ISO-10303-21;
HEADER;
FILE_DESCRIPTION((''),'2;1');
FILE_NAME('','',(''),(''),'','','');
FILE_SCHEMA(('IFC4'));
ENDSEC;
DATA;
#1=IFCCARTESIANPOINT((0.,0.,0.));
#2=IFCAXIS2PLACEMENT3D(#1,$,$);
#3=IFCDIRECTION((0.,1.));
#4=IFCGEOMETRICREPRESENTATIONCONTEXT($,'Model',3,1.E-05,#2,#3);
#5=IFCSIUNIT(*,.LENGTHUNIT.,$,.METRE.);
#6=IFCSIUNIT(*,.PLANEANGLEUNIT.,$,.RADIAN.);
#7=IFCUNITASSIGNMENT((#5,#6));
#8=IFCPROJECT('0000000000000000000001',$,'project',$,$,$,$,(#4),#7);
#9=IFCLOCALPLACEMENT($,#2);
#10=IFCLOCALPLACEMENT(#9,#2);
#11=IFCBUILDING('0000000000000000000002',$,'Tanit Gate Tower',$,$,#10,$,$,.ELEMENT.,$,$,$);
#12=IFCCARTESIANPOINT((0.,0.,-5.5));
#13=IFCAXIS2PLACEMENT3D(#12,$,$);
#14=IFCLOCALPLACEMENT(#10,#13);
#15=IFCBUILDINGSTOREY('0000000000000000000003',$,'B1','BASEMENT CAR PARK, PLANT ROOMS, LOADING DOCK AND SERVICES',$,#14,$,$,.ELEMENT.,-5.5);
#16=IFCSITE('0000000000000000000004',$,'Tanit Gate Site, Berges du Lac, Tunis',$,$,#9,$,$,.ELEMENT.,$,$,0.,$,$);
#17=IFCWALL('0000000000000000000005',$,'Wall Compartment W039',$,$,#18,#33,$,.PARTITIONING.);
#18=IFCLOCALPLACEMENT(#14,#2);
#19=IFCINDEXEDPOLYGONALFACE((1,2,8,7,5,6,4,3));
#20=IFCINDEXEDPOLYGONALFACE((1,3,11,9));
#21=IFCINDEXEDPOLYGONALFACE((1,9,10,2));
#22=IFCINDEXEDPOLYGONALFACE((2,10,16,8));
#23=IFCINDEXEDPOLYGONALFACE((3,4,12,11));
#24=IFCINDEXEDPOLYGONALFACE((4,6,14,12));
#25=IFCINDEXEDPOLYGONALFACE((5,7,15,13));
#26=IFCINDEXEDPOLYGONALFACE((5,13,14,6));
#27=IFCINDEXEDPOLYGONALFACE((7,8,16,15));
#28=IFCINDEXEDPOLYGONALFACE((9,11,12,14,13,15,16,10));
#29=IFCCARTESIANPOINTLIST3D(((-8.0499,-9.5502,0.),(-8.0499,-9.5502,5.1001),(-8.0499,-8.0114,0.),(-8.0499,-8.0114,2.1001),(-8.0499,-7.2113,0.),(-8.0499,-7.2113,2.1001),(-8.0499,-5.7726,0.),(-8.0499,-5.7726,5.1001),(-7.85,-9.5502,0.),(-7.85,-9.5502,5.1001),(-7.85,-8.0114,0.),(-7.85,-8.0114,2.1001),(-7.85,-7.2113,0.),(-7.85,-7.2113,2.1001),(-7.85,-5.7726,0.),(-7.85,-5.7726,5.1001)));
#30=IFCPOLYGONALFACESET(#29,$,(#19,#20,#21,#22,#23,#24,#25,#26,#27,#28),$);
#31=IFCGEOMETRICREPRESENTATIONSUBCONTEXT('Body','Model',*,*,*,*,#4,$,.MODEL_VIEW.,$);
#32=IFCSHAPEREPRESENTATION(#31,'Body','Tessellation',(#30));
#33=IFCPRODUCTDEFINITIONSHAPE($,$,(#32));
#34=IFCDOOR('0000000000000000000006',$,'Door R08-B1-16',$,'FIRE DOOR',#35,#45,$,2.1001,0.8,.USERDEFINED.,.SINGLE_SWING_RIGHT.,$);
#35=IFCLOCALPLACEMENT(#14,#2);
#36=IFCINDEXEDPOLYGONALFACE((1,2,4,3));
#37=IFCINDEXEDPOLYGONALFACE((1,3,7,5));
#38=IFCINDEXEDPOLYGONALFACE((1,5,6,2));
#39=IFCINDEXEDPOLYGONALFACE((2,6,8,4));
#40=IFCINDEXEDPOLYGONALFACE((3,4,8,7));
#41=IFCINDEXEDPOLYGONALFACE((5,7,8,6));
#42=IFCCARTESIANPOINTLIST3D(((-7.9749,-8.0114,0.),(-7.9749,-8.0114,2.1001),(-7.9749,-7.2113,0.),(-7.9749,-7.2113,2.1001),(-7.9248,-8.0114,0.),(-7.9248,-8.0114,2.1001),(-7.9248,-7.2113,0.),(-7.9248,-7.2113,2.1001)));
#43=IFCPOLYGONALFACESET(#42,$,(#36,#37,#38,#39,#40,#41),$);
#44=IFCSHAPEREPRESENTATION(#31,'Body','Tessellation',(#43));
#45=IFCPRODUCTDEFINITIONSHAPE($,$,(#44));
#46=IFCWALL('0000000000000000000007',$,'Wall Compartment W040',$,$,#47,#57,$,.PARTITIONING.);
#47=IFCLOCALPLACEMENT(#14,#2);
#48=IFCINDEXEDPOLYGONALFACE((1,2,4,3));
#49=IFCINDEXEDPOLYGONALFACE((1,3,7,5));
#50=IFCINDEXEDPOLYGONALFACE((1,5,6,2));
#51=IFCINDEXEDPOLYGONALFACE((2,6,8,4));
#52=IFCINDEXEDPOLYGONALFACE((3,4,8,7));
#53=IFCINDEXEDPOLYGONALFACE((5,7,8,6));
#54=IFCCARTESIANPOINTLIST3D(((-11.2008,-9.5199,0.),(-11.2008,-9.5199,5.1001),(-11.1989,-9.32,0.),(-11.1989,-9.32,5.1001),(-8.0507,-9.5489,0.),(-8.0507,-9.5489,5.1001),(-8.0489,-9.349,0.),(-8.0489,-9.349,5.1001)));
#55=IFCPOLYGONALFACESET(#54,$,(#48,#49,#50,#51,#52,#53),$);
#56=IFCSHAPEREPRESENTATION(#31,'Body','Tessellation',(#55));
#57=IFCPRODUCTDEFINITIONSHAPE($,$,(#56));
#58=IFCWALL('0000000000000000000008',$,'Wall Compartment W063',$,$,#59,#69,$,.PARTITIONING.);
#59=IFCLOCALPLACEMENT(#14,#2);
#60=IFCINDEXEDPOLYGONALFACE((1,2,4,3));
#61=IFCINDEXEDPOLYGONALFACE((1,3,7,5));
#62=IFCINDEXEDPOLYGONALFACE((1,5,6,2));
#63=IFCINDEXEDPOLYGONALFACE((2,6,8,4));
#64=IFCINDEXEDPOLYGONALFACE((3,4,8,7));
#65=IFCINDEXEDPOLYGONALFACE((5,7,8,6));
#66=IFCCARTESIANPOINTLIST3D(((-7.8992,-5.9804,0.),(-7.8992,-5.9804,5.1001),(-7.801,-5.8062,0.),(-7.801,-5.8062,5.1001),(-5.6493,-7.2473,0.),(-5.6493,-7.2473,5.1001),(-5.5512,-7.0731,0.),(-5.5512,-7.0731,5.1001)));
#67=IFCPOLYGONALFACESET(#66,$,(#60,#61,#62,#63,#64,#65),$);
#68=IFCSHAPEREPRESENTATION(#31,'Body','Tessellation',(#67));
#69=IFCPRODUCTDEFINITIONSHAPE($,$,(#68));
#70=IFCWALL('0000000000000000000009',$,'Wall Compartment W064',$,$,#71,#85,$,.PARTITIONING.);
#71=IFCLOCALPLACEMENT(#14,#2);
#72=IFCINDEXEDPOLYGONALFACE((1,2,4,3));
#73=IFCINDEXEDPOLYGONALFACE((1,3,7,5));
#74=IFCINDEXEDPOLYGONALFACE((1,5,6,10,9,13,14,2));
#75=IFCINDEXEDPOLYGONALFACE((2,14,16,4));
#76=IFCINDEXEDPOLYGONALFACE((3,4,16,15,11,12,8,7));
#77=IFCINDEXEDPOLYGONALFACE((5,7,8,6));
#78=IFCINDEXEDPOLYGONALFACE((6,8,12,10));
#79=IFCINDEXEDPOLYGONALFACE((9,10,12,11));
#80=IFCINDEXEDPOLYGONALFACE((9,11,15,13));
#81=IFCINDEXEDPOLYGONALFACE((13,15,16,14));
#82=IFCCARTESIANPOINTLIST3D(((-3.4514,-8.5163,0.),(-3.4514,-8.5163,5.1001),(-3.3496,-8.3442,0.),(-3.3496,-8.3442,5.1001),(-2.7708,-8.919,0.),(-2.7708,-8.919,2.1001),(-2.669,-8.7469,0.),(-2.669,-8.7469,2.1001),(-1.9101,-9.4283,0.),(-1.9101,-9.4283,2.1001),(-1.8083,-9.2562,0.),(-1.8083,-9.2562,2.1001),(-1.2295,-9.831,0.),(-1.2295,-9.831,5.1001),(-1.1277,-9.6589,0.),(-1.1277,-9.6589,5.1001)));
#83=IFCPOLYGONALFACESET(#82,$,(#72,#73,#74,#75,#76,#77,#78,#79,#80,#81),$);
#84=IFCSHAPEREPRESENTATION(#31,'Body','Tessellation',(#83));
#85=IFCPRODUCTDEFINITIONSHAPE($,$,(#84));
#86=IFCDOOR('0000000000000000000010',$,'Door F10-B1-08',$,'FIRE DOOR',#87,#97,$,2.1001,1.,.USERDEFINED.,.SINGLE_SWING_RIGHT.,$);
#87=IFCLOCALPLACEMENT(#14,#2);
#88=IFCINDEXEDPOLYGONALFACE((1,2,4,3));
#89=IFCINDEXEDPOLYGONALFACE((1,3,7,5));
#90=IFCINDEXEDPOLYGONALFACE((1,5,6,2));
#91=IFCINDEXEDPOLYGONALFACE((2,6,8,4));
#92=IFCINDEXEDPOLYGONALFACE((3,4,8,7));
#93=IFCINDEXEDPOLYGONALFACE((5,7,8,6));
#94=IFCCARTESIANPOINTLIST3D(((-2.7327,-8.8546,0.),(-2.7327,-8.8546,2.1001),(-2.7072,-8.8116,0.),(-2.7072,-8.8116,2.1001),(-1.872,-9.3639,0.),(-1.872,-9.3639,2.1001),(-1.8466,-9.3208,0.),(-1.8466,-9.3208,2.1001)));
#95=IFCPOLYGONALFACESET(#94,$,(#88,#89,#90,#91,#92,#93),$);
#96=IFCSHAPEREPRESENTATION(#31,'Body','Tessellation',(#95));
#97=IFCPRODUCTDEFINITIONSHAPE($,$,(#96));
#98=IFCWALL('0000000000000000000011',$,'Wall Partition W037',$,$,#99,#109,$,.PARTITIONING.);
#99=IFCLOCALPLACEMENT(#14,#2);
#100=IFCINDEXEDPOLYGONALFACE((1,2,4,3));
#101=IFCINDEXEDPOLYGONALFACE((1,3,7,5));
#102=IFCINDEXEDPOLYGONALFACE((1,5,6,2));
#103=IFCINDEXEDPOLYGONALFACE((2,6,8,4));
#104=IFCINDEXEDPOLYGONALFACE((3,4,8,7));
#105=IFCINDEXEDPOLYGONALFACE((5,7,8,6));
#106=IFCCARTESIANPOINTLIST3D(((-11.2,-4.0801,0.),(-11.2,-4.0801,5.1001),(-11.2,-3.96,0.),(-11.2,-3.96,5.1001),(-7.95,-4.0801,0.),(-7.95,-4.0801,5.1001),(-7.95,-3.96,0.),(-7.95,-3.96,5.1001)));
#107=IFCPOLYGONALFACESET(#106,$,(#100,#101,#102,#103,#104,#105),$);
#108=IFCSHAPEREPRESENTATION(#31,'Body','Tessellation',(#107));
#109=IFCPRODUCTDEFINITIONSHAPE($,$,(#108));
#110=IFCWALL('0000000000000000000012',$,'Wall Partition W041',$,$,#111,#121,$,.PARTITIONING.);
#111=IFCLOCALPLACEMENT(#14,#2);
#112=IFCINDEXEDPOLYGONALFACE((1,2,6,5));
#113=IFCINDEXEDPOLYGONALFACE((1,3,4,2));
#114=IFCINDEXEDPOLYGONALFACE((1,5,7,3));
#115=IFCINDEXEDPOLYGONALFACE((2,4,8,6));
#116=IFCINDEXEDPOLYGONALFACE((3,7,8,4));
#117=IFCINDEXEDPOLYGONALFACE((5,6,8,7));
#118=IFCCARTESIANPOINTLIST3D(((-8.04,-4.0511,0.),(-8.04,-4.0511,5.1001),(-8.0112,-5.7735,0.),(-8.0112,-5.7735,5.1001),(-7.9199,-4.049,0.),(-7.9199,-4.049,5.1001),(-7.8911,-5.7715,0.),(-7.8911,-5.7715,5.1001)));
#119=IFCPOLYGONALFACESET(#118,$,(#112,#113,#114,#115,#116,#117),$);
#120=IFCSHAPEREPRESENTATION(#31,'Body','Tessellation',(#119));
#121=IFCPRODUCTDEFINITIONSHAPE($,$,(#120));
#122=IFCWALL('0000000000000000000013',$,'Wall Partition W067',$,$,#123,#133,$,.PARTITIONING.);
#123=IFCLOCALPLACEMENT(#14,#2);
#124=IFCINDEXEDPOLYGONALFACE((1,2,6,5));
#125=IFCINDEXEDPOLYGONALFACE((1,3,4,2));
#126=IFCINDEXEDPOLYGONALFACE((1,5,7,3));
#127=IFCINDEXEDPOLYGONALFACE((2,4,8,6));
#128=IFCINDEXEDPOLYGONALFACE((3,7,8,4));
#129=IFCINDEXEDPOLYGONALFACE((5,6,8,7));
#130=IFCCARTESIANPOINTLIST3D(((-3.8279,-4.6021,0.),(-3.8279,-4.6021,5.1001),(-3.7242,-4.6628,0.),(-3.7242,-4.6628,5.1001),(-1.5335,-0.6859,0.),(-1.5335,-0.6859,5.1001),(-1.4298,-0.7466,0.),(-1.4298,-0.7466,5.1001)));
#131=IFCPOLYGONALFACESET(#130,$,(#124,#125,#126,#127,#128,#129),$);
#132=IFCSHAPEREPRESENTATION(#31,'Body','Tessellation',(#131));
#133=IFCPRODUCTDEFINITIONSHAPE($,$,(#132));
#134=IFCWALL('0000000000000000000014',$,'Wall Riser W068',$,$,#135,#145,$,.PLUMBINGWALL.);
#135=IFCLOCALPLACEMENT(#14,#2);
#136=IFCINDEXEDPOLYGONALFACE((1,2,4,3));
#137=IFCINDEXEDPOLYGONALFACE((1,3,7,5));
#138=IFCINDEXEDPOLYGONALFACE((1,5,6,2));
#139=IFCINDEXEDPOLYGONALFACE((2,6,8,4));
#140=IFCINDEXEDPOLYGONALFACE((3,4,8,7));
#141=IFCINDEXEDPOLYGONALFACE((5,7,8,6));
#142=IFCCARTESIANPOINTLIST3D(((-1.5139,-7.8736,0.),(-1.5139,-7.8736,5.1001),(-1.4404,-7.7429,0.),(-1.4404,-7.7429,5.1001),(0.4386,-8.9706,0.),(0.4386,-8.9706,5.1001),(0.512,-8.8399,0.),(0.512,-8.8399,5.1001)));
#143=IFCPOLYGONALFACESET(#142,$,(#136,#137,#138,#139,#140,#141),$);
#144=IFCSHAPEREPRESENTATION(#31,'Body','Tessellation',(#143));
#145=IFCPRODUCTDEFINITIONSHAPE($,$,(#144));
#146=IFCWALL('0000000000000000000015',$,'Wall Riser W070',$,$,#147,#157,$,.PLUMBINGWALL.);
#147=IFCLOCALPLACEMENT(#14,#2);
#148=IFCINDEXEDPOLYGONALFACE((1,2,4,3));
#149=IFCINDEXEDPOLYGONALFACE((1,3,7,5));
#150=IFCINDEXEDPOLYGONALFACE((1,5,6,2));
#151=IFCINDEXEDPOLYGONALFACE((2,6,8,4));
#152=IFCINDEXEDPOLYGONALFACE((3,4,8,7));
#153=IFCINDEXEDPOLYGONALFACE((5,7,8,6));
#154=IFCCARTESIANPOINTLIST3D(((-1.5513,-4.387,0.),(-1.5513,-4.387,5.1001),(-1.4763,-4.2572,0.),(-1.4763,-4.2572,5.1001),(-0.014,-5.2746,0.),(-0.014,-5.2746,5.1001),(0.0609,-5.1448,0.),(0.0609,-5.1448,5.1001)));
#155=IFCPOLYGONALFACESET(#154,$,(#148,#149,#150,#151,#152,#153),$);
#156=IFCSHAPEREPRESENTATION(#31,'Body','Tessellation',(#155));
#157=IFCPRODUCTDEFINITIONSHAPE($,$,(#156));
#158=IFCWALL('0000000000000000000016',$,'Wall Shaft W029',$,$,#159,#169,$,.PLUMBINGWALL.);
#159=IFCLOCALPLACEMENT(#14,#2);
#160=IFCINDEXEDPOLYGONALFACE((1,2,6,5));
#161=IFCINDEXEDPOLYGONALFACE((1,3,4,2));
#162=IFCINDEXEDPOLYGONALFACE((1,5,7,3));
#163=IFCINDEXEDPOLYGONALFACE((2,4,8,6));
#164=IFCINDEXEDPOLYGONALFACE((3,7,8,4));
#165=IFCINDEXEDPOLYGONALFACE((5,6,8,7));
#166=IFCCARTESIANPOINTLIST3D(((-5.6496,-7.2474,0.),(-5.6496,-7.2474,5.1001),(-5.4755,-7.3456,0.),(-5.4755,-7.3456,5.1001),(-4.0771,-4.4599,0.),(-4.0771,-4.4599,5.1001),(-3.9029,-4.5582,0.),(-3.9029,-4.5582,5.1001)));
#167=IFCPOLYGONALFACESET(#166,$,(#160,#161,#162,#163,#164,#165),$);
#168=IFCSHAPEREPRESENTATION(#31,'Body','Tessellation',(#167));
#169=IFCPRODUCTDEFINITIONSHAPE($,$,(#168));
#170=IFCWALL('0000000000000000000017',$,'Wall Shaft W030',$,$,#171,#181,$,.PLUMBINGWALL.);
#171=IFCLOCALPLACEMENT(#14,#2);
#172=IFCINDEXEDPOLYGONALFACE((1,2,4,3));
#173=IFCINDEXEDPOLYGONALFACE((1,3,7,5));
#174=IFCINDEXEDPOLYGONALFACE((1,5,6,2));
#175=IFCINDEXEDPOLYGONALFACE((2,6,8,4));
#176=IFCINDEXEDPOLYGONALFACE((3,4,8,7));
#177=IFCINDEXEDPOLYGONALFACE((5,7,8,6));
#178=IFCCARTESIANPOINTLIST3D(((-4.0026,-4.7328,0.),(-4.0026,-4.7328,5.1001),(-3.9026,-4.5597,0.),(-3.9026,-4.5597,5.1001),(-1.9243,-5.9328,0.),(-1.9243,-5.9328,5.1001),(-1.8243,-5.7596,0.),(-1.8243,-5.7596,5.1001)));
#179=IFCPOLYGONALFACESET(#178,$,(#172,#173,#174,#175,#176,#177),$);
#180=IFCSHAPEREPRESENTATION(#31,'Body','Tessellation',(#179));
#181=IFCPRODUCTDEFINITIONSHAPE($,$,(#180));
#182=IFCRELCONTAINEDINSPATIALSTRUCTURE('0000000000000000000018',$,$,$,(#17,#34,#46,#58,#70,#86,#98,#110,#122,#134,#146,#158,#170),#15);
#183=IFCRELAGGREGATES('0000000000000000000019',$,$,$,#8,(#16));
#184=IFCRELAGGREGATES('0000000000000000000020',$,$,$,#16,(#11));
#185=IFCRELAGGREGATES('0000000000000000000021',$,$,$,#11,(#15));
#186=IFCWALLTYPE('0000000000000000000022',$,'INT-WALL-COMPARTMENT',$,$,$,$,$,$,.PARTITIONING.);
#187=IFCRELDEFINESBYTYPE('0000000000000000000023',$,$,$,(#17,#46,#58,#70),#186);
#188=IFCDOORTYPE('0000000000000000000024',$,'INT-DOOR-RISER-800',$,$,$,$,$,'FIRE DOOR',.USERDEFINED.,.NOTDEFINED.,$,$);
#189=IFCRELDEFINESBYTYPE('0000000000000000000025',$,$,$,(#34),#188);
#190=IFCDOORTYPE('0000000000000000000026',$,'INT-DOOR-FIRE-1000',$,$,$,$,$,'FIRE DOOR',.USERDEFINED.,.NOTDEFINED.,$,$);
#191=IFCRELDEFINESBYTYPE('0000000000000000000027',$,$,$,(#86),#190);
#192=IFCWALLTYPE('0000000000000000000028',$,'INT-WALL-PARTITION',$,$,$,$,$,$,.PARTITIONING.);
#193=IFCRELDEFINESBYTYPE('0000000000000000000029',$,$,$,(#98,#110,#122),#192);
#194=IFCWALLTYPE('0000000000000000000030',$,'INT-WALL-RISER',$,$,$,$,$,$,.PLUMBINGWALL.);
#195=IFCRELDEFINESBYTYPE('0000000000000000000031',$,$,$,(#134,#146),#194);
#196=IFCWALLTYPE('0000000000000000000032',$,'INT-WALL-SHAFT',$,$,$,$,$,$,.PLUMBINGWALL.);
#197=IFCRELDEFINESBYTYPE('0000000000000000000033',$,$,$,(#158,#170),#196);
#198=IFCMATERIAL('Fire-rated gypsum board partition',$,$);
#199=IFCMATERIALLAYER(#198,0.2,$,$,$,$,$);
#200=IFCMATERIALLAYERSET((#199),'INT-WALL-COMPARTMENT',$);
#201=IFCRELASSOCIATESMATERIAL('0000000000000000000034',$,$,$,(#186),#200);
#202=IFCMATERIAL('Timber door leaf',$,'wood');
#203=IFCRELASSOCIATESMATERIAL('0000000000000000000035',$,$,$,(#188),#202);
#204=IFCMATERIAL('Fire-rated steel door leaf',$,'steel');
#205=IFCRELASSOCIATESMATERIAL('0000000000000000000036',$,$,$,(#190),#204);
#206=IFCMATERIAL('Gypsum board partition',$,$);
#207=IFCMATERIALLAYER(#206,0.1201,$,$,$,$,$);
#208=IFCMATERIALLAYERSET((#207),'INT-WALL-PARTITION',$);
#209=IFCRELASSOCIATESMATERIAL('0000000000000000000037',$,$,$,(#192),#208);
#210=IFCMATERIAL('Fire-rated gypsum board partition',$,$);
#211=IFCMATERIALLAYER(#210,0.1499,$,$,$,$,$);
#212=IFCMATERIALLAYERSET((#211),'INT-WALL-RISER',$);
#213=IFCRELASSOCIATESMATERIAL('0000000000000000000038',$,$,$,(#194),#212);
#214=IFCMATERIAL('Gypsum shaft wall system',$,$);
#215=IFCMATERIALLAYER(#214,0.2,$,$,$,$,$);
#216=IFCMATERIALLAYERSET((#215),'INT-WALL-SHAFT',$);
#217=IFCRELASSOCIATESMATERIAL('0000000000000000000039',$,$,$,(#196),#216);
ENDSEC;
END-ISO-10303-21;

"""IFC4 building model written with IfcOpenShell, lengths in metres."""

from ifc_helpers import new_model, si_unit, direction, frame, frame_2d, origin, place, context, subcontext, project, spatial, rectangle, extrude, material, layer, layer_set, type_object, element, fill, save


model = new_model("IFC4")

# Units and contexts
model_context = context("Model", 3, precision=1e-05, world=origin(), true_north=direction((0.0, 1.0)))
body_context = subcontext(model_context, "Body", "Model", "MODEL_VIEW")
ifc_project = project(units=[si_unit("LENGTHUNIT", "METRE"), si_unit("PLANEANGLEUNIT", "RADIAN")], contexts=[model_context])

# Site, building, storey
site_placement = place(None, origin())
site = spatial("IfcSite", under=ifc_project, at=site_placement, Name="Tanit Gate Site, Berges du Lac, Tunis", CompositionType="ELEMENT", RefElevation=0.0)
building_placement = place(site_placement, origin())
building = spatial("IfcBuilding", under=site, at=building_placement, Name="Tanit Gate Tower", CompositionType="ELEMENT")
storey_placement = place(building_placement, frame((0.0, 0.0, -5.5)))
storey = spatial("IfcBuildingStorey", under=building, at=storey_placement, Name="B1", Description="BASEMENT CAR PARK, PLANT ROOMS, LOADING DOCK AND SERVICES", CompositionType="ELEMENT", Elevation=-5.5)

# Wall, opening, door
ifc_material_1 = material(Name="Fire-rated gypsum board partition")
ifc_layer_1 = layer(ifc_material_1, 0.2)
ifc_layer_set_1 = layer_set([ifc_layer_1], Name="INT-WALL-COMPARTMENT")
wall_type_1 = type_object("IfcWallType", Name="INT-WALL-COMPARTMENT", PredefinedType="PARTITIONING", material=ifc_layer_set_1)
wall_1_placement = place(storey_placement, frame((-7.95, -9.55, 0.0), z_axis=(0.0, 0.0, 1.0), x_axis=(0.0, 1.0, 0.0)))
wall_1 = element("IfcWall", 1, at=wall_1_placement, inside=storey, type_object=wall_type_1, Name="Wall Compartment W039", PredefinedType="PARTITIONING", context=body_context, shape_type="SweptSolid", body=[
    extrude(rectangle(XDim=3.7776, YDim=0.2, at=frame_2d((1.8887, 0.0))), origin(), (0.0, 0.0, 1.0), 5.1001),
])
opening_1_placement = place(wall_1_placement, frame((1.5388, 0.0, 0.0)))
opening_1 = element("IfcOpeningElement", 2, at=opening_1_placement, cuts=wall_1, PredefinedType="OPENING", context=body_context, shape_type="SweptSolid", body=[
    extrude(rectangle(XDim=0.8, YDim=2.1001, at=frame_2d((0.3999, 1.05))), frame((0.0, 0.1099, 0.0), z_axis=(0.0, -1.0, 0.0), x_axis=(1.0, 0.0, 0.0)), (0.0, 0.0, 1.0), 0.22),
])
ifc_material_2 = material(Name="Timber door leaf", Category="wood")
door_type_1 = type_object("IfcDoorType", Name="INT-DOOR-RISER-800", ElementType="FIRE DOOR", OperationType="NOTDEFINED", PredefinedType="USERDEFINED", material=ifc_material_2)
door_1_placement = place(opening_1_placement, origin())
door_1 = element("IfcDoor", 3, at=door_1_placement, inside=storey, type_object=door_type_1, Name="Door R08-B1-16", ObjectType="FIRE DOOR", OperationType="SINGLE_SWING_RIGHT", OverallHeight=2.1001, OverallWidth=0.8, PredefinedType="USERDEFINED", context=body_context, shape_type="SweptSolid", body=[
    extrude(rectangle(XDim=0.8, YDim=2.1001, at=frame_2d((0.3999, 1.05))), frame((0.0, 0.0249, 0.0), z_axis=(0.0, -1.0, 0.0), x_axis=(1.0, 0.0, 0.0)), (0.0, 0.0, 1.0), 0.05),
])
fill(opening_1, door_1)

# Walls
wall_2_placement = place(storey_placement, frame((-11.2, -9.4199, 0.0), z_axis=(0.0, 0.0, 1.0), x_axis=(0.999957, -0.009223, 0.0)))
element("IfcWall", 4, at=wall_2_placement, inside=storey, type_object=wall_type_1, Name="Wall Compartment W040", PredefinedType="PARTITIONING", context=body_context, shape_type="SweptSolid", body=[
    extrude(rectangle(XDim=3.1501, YDim=0.2, at=frame_2d((1.5752, 0.0))), origin(), (0.0, 0.0, 1.0), 5.1001),
])
wall_3_placement = place(storey_placement, frame((-7.8501, -5.8933, 0.0), z_axis=(0.0, 0.0, 1.0), x_axis=(0.871351, -0.490661, 0.0)))
element("IfcWall", 5, at=wall_3_placement, inside=storey, type_object=wall_type_1, Name="Wall Compartment W063", PredefinedType="PARTITIONING", context=body_context, shape_type="SweptSolid", body=[
    extrude(rectangle(XDim=2.582, YDim=0.2, at=frame_2d((1.291, 0.0))), origin(), (0.0, 0.0, 1.0), 5.1001),
])

# Wall, opening, door
wall_4_placement = place(storey_placement, frame((-3.4006, -8.4302, 0.0), z_axis=(0.0, 0.0, 1.0), x_axis=(0.860631, -0.509229, 0.0)))
wall_4 = element("IfcWall", 6, at=wall_4_placement, inside=storey, type_object=wall_type_1, Name="Wall Compartment W064", PredefinedType="PARTITIONING", context=body_context, shape_type="SweptSolid", body=[
    extrude(rectangle(XDim=2.5818, YDim=0.2, at=frame_2d((1.291, 0.0))), origin(), (0.0, 0.0, 1.0), 5.1001),
])
opening_2_placement = place(wall_4_placement, frame((0.791, 0.0, 0.0)))
opening_2 = element("IfcOpeningElement", 7, at=opening_2_placement, cuts=wall_4, PredefinedType="OPENING", context=body_context, shape_type="SweptSolid", body=[
    extrude(rectangle(XDim=1.0, YDim=2.1001, at=frame_2d((0.5, 1.05))), frame((0.0, 0.1099, 0.0), z_axis=(0.0, -1.0, 0.0), x_axis=(1.0, 0.0, 0.0)), (0.0, 0.0, 1.0), 0.22),
])
ifc_material_3 = material(Name="Fire-rated steel door leaf", Category="steel")
door_type_2 = type_object("IfcDoorType", Name="INT-DOOR-FIRE-1000", ElementType="FIRE DOOR", OperationType="NOTDEFINED", PredefinedType="USERDEFINED", material=ifc_material_3)
door_2_placement = place(opening_2_placement, origin())
door_2 = element("IfcDoor", 8, at=door_2_placement, inside=storey, type_object=door_type_2, Name="Door F10-B1-08", ObjectType="FIRE DOOR", OperationType="SINGLE_SWING_RIGHT", OverallHeight=2.1001, OverallWidth=1.0, PredefinedType="USERDEFINED", context=body_context, shape_type="SweptSolid", body=[
    extrude(rectangle(XDim=1.0, YDim=2.1001, at=frame_2d((0.5, 1.05))), frame((0.0, 0.0249, 0.0), z_axis=(0.0, -1.0, 0.0), x_axis=(1.0, 0.0, 0.0)), (0.0, 0.0, 1.0), 0.05),
])
fill(opening_2, door_2)

# Walls
ifc_material_4 = material(Name="Gypsum board partition")
ifc_layer_2 = layer(ifc_material_4, 0.1201)
ifc_layer_set_2 = layer_set([ifc_layer_2], Name="INT-WALL-PARTITION")
wall_type_2 = type_object("IfcWallType", Name="INT-WALL-PARTITION", PredefinedType="PARTITIONING", material=ifc_layer_set_2)
wall_5_placement = place(storey_placement, frame((-11.2, -4.02, 0.0), z_axis=(0.0, 0.0, 1.0), x_axis=(1.0, 0.0, 0.0)))
element("IfcWall", 9, at=wall_5_placement, inside=storey, type_object=wall_type_2, Name="Wall Partition W037", PredefinedType="PARTITIONING", context=body_context, shape_type="SweptSolid", body=[
    extrude(rectangle(XDim=3.25, YDim=0.1201, at=frame_2d((1.625, 0.0))), origin(), (0.0, 0.0, 1.0), 5.1001),
])
wall_6_placement = place(storey_placement, frame((-7.98, -4.05, 0.0), z_axis=(0.0, 0.0, 1.0), x_axis=(0.016723, -0.99986, 0.0)))
element("IfcWall", 10, at=wall_6_placement, inside=storey, type_object=wall_type_2, Name="Wall Partition W041", PredefinedType="PARTITIONING", context=body_context, shape_type="SweptSolid", body=[
    extrude(rectangle(XDim=1.7227, YDim=0.1201, at=frame_2d((0.8613, 0.0))), origin(), (0.0, 0.0, 1.0), 5.1001),
])
wall_7_placement = place(storey_placement, frame((-3.7761, -4.6326, 0.0), z_axis=(0.0, 0.0, 1.0), x_axis=(0.505506, 0.862823, 0.0)))
element("IfcWall", 11, at=wall_7_placement, inside=storey, type_object=wall_type_2, Name="Wall Partition W067", PredefinedType="PARTITIONING", context=body_context, shape_type="SweptSolid", body=[
    extrude(rectangle(XDim=4.5388, YDim=0.1201, at=frame_2d((2.2695, 0.0))), origin(), (0.0, 0.0, 1.0), 5.1001),
])
ifc_material_5 = material(Name="Fire-rated gypsum board partition")
ifc_layer_3 = layer(ifc_material_5, 0.1499)
ifc_layer_set_3 = layer_set([ifc_layer_3], Name="INT-WALL-RISER")
wall_type_3 = type_object("IfcWallType", Name="INT-WALL-RISER", PredefinedType="PLUMBINGWALL", material=ifc_layer_set_3)
wall_8_placement = place(storey_placement, frame((-1.4771, -7.8083, 0.0), z_axis=(0.0, 0.0, 1.0), x_axis=(0.871823, -0.489821, 0.0)))
element("IfcWall", 12, at=wall_8_placement, inside=storey, type_object=wall_type_3, Name="Wall Riser W068", PredefinedType="PLUMBINGWALL", context=body_context, shape_type="SweptSolid", body=[
    extrude(rectangle(XDim=2.2395, YDim=0.1499, at=frame_2d((1.1196, 0.0))), origin(), (0.0, 0.0, 1.0), 5.1001),
])
wall_9_placement = place(storey_placement, frame((-1.5139, -4.322, 0.0), z_axis=(0.0, 0.0, 1.0), x_axis=(0.866, -0.500044, 0.0)))
element("IfcWall", 13, at=wall_9_placement, inside=storey, type_object=wall_type_3, Name="Wall Riser W070", PredefinedType="PLUMBINGWALL", context=body_context, shape_type="SweptSolid", body=[
    extrude(rectangle(XDim=1.7751, YDim=0.1499, at=frame_2d((0.8877, 0.0))), origin(), (0.0, 0.0, 1.0), 5.1001),
])

# Shared definitions
ifc_material_6 = material(Name="Gypsum shaft wall system")
ifc_layer_4 = layer(ifc_material_6, 0.2)
ifc_layer_set_4 = layer_set([ifc_layer_4], Name="INT-WALL-SHAFT")
wall_type_4 = type_object("IfcWallType", Name="INT-WALL-SHAFT", PredefinedType="PLUMBINGWALL", material=ifc_layer_set_4)

# Walls
wall_10_placement = place(storey_placement, frame((-5.5625, -7.2964, 0.0), z_axis=(0.0, 0.0, 1.0), x_axis=(0.491358, 0.870958, 0.0)))
element("IfcWall", 14, at=wall_10_placement, inside=storey, type_object=wall_type_4, Name="Wall Shaft W029", PredefinedType="PLUMBINGWALL", context=body_context, shape_type="SweptSolid", body=[
    extrude(rectangle(XDim=3.2004, YDim=0.2, at=frame_2d((1.6001, 0.0))), origin(), (0.0, 0.0, 1.0), 5.1001),
])
wall_11_placement = place(storey_placement, frame((-3.9526, -4.6462, 0.0), z_axis=(0.0, 0.0, 1.0), x_axis=(0.866025, -0.500001, 0.0)))
element("IfcWall", 15, at=wall_11_placement, inside=storey, type_object=wall_type_4, Name="Wall Shaft W030", PredefinedType="PLUMBINGWALL", context=body_context, shape_type="SweptSolid", body=[
    extrude(rectangle(XDim=2.3999, YDim=0.2, at=frame_2d((1.2, 0.0))), origin(), (0.0, 0.0, 1.0), 5.1001),
])

save(model, "model.ifc")
